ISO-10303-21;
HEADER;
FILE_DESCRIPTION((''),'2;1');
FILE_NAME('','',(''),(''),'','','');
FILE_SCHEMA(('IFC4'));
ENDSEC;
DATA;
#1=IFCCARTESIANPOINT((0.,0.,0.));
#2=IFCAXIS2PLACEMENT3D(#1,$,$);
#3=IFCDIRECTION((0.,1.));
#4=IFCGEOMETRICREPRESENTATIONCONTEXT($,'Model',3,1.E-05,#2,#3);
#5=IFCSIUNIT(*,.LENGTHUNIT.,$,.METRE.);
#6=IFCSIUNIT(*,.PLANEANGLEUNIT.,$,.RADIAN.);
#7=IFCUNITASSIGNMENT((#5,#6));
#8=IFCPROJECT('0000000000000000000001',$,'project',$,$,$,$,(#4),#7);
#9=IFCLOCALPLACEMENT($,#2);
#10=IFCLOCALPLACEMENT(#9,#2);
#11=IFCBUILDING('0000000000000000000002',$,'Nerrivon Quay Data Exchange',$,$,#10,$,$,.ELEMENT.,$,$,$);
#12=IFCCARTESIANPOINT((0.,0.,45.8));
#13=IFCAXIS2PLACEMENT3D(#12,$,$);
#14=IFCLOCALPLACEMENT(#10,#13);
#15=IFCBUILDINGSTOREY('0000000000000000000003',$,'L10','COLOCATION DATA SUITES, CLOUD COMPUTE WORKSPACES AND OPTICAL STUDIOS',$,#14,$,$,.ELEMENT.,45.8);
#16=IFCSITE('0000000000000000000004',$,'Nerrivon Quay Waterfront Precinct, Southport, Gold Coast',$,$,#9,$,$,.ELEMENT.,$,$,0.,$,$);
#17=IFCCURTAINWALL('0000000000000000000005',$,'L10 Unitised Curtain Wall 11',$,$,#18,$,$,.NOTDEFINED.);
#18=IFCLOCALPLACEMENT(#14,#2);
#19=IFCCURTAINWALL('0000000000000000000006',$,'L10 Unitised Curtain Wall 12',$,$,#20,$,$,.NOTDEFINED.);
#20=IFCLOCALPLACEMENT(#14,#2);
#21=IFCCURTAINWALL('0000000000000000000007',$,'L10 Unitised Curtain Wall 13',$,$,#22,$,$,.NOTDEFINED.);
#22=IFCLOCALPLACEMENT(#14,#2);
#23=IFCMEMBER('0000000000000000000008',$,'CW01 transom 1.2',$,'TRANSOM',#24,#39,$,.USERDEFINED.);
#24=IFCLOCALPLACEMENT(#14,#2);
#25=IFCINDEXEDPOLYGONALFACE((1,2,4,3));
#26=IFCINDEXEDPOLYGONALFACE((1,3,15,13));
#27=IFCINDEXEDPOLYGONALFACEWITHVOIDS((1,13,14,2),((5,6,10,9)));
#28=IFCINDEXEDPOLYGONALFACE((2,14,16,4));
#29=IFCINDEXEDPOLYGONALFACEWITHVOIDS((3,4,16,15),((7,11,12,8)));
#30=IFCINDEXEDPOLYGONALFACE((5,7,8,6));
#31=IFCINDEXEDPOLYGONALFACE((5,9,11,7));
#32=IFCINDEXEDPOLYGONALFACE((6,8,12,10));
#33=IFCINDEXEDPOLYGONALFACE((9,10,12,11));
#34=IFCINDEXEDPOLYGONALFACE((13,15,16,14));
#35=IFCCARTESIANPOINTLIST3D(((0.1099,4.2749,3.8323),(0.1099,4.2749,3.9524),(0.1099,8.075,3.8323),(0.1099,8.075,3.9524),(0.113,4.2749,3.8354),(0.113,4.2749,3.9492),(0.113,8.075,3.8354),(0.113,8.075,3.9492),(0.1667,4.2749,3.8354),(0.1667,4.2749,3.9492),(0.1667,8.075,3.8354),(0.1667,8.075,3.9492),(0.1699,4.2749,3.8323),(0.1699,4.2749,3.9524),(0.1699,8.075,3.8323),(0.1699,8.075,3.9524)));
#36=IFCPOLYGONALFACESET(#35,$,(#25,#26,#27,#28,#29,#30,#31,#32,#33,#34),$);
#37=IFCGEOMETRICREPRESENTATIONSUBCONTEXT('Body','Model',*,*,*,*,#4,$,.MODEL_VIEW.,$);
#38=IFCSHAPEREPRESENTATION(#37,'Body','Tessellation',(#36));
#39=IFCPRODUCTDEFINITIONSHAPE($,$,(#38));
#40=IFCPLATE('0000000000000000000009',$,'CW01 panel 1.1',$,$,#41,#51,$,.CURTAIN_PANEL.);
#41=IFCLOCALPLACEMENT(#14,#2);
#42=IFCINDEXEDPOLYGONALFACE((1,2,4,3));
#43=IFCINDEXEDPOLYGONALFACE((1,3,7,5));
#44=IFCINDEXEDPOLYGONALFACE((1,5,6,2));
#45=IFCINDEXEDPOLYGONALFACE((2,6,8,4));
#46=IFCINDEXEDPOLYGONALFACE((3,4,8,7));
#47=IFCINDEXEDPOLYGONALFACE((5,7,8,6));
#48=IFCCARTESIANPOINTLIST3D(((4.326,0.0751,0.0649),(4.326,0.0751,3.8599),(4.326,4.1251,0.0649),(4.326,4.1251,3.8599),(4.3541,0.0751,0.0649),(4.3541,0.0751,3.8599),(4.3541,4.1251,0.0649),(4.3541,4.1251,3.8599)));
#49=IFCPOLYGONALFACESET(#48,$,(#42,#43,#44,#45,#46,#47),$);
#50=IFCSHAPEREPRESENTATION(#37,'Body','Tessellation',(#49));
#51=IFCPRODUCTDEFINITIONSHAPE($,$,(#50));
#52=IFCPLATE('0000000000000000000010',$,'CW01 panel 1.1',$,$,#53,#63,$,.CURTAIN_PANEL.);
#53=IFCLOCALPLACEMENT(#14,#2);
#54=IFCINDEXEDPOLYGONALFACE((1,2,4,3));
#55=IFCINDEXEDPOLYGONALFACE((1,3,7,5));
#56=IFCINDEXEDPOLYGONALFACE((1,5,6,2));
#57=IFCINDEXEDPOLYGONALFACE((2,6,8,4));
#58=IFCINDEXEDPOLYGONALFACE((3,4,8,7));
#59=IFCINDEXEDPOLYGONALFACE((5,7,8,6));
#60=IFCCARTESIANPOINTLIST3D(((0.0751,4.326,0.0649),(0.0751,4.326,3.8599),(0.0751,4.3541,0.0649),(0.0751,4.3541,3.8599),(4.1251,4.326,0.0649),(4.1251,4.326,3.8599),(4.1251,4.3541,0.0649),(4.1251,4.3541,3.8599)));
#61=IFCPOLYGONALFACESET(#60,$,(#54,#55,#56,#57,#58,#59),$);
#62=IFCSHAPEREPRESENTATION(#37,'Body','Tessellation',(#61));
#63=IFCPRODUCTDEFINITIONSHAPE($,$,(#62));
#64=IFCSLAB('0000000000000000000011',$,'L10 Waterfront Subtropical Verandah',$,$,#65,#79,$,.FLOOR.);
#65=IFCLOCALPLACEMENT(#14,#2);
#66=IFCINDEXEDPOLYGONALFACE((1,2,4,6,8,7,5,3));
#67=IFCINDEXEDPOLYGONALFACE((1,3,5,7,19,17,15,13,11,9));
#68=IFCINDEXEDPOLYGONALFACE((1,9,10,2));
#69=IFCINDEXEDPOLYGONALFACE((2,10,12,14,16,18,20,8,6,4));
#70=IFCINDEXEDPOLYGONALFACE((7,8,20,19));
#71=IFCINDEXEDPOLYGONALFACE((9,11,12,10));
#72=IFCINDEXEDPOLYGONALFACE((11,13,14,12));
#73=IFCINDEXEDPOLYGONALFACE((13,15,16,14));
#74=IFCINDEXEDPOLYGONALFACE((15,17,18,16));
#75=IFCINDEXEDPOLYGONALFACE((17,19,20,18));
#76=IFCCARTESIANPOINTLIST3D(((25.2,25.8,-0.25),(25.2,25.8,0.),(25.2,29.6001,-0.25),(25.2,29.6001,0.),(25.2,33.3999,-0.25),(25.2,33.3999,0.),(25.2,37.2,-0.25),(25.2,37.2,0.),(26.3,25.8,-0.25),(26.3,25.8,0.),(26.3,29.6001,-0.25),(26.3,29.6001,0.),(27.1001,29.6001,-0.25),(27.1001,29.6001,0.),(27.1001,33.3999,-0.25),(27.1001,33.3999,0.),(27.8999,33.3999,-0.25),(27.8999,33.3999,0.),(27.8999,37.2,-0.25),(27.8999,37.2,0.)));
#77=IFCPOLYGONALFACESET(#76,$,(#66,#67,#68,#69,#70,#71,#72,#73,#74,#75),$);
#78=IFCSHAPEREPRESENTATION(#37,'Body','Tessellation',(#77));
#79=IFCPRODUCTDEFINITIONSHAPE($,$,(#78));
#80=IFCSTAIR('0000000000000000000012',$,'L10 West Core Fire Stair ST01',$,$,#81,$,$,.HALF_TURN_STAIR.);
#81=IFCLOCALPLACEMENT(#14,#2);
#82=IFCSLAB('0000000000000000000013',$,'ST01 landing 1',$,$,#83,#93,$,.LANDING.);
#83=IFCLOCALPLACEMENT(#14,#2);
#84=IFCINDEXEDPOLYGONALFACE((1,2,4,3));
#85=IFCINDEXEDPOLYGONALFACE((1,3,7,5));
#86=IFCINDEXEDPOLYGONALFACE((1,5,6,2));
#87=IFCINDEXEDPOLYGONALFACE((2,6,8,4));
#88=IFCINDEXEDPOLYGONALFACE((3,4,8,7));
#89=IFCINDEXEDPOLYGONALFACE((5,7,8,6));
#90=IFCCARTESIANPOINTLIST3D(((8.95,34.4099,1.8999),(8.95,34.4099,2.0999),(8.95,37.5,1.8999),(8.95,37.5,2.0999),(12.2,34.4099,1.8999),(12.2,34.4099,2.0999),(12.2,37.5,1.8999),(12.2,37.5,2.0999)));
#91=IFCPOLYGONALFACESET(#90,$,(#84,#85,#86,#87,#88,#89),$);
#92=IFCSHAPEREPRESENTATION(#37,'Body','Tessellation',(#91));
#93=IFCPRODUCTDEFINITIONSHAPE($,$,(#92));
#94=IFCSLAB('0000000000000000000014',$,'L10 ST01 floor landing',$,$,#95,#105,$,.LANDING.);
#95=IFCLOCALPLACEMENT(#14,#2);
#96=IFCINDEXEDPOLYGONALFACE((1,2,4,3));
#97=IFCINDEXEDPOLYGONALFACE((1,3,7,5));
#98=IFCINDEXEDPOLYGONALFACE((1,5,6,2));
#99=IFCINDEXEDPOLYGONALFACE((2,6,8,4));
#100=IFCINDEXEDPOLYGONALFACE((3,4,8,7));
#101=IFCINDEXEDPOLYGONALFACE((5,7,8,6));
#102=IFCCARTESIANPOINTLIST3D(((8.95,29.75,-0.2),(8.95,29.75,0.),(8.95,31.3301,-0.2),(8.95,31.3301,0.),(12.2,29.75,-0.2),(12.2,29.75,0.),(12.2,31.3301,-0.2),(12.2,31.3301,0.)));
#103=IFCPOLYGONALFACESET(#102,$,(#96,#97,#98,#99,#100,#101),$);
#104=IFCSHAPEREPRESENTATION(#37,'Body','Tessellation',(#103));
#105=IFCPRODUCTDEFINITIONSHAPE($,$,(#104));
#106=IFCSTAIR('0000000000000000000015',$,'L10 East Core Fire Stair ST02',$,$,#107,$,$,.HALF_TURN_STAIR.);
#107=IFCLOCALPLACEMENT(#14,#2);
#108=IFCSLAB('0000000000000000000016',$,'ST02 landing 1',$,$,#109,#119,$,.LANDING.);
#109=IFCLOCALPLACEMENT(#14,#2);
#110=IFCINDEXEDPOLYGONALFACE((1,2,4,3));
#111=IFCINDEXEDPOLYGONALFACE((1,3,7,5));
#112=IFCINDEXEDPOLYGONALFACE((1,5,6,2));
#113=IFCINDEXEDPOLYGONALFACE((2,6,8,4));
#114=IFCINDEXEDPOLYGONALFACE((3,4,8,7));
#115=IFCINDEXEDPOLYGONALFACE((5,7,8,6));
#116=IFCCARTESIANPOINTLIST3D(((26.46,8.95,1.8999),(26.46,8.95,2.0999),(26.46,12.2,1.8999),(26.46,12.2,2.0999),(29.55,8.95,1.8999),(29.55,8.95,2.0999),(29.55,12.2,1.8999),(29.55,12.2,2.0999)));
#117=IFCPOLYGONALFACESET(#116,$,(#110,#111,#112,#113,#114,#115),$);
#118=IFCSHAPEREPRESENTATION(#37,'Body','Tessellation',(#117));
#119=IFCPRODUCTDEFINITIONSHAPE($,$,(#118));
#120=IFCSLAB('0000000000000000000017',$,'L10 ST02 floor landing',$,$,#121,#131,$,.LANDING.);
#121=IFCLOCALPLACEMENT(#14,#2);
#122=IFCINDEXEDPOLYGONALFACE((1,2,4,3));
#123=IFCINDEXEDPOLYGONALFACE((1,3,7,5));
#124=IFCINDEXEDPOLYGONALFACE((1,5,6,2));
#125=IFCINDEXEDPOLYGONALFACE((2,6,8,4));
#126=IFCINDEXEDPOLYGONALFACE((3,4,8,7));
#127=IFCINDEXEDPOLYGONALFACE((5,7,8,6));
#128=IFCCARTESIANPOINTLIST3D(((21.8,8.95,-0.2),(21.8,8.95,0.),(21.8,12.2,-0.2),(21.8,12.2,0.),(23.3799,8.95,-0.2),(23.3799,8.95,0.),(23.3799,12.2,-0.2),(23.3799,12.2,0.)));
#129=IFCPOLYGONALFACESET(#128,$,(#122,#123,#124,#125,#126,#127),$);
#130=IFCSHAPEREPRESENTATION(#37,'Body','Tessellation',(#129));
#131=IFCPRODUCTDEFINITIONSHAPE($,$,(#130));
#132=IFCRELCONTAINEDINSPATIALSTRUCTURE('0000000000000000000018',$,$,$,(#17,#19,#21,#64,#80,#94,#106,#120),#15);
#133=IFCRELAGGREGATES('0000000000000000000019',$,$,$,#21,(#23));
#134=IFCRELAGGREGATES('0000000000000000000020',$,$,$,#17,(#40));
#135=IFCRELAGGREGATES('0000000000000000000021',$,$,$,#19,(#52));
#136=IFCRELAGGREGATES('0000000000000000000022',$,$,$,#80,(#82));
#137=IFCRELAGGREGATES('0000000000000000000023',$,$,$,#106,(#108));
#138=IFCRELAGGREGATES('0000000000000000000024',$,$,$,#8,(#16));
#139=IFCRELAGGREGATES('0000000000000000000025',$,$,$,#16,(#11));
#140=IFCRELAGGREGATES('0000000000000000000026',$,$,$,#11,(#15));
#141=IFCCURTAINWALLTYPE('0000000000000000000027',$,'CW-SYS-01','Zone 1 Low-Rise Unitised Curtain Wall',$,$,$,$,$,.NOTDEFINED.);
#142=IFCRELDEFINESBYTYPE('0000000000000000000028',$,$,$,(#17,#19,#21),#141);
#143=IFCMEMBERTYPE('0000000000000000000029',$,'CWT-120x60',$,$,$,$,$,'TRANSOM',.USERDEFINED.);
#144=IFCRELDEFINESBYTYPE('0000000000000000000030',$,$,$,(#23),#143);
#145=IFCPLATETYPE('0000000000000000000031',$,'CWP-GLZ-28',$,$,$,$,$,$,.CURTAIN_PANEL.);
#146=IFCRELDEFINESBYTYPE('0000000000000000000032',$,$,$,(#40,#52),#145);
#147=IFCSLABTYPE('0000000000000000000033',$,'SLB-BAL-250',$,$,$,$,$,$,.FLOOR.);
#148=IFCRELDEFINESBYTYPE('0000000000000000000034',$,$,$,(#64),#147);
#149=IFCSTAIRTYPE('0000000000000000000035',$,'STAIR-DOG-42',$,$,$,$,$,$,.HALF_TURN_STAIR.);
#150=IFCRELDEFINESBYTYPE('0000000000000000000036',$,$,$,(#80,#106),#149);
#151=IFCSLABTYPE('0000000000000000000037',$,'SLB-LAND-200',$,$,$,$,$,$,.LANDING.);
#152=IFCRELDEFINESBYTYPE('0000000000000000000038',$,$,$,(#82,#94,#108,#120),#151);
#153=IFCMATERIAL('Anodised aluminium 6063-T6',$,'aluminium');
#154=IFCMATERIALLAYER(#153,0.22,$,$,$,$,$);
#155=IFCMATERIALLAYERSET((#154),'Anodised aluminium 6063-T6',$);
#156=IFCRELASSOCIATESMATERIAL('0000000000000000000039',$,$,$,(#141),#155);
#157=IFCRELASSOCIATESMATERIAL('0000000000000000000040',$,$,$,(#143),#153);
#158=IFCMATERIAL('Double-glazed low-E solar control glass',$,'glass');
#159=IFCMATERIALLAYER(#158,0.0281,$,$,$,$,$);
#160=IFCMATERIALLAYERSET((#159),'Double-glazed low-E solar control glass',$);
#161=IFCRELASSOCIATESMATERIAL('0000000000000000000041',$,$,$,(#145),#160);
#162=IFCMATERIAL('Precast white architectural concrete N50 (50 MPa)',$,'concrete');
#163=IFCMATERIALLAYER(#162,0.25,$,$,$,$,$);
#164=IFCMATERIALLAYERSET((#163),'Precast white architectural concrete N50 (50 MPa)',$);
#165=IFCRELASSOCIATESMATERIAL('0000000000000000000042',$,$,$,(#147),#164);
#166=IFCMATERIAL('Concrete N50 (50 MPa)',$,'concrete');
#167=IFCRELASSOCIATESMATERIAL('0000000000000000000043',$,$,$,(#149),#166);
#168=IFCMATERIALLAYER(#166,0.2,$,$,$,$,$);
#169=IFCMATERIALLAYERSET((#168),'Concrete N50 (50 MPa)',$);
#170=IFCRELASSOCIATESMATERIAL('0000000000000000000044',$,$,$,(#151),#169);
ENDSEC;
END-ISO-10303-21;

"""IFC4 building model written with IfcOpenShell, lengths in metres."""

from ifc_helpers import new_model, si_unit, direction, frame, origin, origin_2d, place, context, subcontext, project, spatial, polyline, rectangle, hollow_rectangle, outline, extrude, material, layer, layer_set, material_profile, profile_set, type_object, element, aggregate, save


model = new_model("IFC4")

# Units and contexts
model_context = context("Model", 3, precision=1e-05, world=origin(), true_north=direction((0.0, 1.0)))
body_context = subcontext(model_context, "Body", "Model", "MODEL_VIEW")
ifc_project = project(units=[si_unit("LENGTHUNIT", "METRE"), si_unit("PLANEANGLEUNIT", "RADIAN")], contexts=[model_context])

# Site, building, storey
site_placement = place(None, origin())
site = spatial("IfcSite", under=ifc_project, at=site_placement, Name="Nerrivon Quay Waterfront Precinct, Southport, Gold Coast", CompositionType="ELEMENT", RefElevation=0.0)
building_placement = place(site_placement, origin())
building = spatial("IfcBuilding", under=site, at=building_placement, Name="Nerrivon Quay Data Exchange", CompositionType="ELEMENT")
storey_placement = place(building_placement, frame((0.0, 0.0, 45.8)))
storey = spatial("IfcBuildingStorey", under=building, at=storey_placement, Name="L10", Description="COLOCATION DATA SUITES, CLOUD COMPUTE WORKSPACES AND OPTICAL STUDIOS", CompositionType="ELEMENT", Elevation=45.8)

# Shared definitions
ifc_material_1 = material(Name="Anodised aluminium 6063-T6", Category="aluminium")
ifc_layer_1 = layer(ifc_material_1, 0.22)
ifc_layer_set_1 = layer_set([ifc_layer_1], Name="Anodised aluminium 6063-T6")
curtain_wall_type = type_object("IfcCurtainWallType", Name="CW-SYS-01", Description="Zone 1 Low-Rise Unitised Curtain Wall", PredefinedType="NOTDEFINED", material=ifc_layer_set_1)

# Curtain walls
curtain_wall_1_placement = place(storey_placement, origin())
curtain_wall_1 = element("IfcCurtainWall", 1, at=curtain_wall_1_placement, inside=storey, type_object=curtain_wall_type, Name="L10 Unitised Curtain Wall 11", PredefinedType="NOTDEFINED")
curtain_wall_2_placement = place(storey_placement, origin())
curtain_wall_2 = element("IfcCurtainWall", 2, at=curtain_wall_2_placement, inside=storey, type_object=curtain_wall_type, Name="L10 Unitised Curtain Wall 12", PredefinedType="NOTDEFINED")

# Curtain wall
curtain_wall_3_placement = place(storey_placement, origin())
curtain_wall_3 = element("IfcCurtainWall", 3, at=curtain_wall_3_placement, inside=storey, type_object=curtain_wall_type, Name="L10 Unitised Curtain Wall 13", PredefinedType="NOTDEFINED")

# Member
ifc_material_profile_1 = material_profile(ifc_material_1, hollow_rectangle(XDim=0.0601, YDim=0.1201, WallThickness=0.0032, at=origin_2d()), Name="ALU-TRAN-120x60")
ifc_profile_set_1 = profile_set([ifc_material_profile_1], Name="Anodised aluminium 6063-T6")
member_type_1 = type_object("IfcMemberType", Name="CWT-120x60", ElementType="TRANSOM", PredefinedType="USERDEFINED", material=ifc_profile_set_1)
member_1_placement = place(storey_placement, frame((0.1399, 4.2749, 3.8923), z_axis=(0.0, 1.0, 0.0), x_axis=(-1.0, 0.0, 0.0)))
member_1 = element("IfcMember", 4, at=member_1_placement, type_object=member_type_1, Name="CW01 transom 1.2", ObjectType="TRANSOM", PredefinedType="USERDEFINED", context=body_context, shape_type="SweptSolid", body=[
    extrude(hollow_rectangle(XDim=0.0601, YDim=0.1201, WallThickness=0.0032, at=origin_2d()), origin(), (0.0, 0.0, 1.0), 3.8),
])
aggregate(curtain_wall_3, [member_1])

# Plates
ifc_material_2 = material(Name="Double-glazed low-E solar control glass", Category="glass")
ifc_layer_2 = layer(ifc_material_2, 0.0281)
ifc_layer_set_2 = layer_set([ifc_layer_2], Name="Double-glazed low-E solar control glass")
plate_type = type_object("IfcPlateType", Name="CWP-GLZ-28", PredefinedType="CURTAIN_PANEL", material=ifc_layer_set_2)
plate_1_placement = place(storey_placement, frame((4.3401, 2.1001, 0.0649), z_axis=(0.0, 0.0, 1.0), x_axis=(0.0, 1.0, 0.0)))
plate_1 = element("IfcPlate", 5, at=plate_1_placement, type_object=plate_type, Name="CW01 panel 1.1", PredefinedType="CURTAIN_PANEL", context=body_context, shape_type="SweptSolid", body=[
    extrude(rectangle(XDim=4.05, YDim=0.0281, at=origin_2d()), origin(), (0.0, 0.0, 1.0), 3.7949),
])
aggregate(curtain_wall_1, [plate_1])
plate_2_placement = place(storey_placement, frame((2.1001, 4.3401, 0.0649), z_axis=(0.0, 0.0, 1.0), x_axis=(-1.0, 0.0, 0.0)))
plate_2 = element("IfcPlate", 6, at=plate_2_placement, type_object=plate_type, Name="CW01 panel 1.1", PredefinedType="CURTAIN_PANEL", context=body_context, shape_type="SweptSolid", body=[
    extrude(rectangle(XDim=4.05, YDim=0.0281, at=origin_2d()), origin(), (0.0, 0.0, 1.0), 3.7949),
])
aggregate(curtain_wall_2, [plate_2])

# Slab
ifc_material_3 = material(Name="Precast white architectural concrete N50 (50 MPa)", Category="concrete")
ifc_layer_3 = layer(ifc_material_3, 0.25)
ifc_layer_set_3 = layer_set([ifc_layer_3], Name="Precast white architectural concrete N50 (50 MPa)")
slab_type_1 = type_object("IfcSlabType", Name="SLB-BAL-250", PredefinedType="FLOOR", material=ifc_layer_set_3)
slab_1_placement = place(storey_placement, frame((0.0, 0.0, -0.25)))
element("IfcSlab", 7, at=slab_1_placement, inside=storey, type_object=slab_type_1, Name="L10 Waterfront Subtropical Verandah", PredefinedType="FLOOR", context=body_context, shape_type="SweptSolid", body=[
    extrude(outline(polyline([(26.3, 29.6001), (27.1001, 29.6001), (27.1001, 33.3999), (27.8999, 33.3999), (27.8999, 37.2), (25.2, 37.2), (25.2, 33.3999), (25.2, 29.6001), (25.2, 25.8), (26.3, 25.8), (26.3, 29.6001)])), origin(), (0.0, 0.0, 1.0), 0.25),
])

# Stair, slab
ifc_material_4 = material(Name="Concrete N50 (50 MPa)", Category="concrete")
stair_type = type_object("IfcStairType", Name="STAIR-DOG-42", PredefinedType="HALF_TURN_STAIR", material=ifc_material_4)
stair_1_placement = place(storey_placement, origin())
stair_1 = element("IfcStair", 8, at=stair_1_placement, inside=storey, type_object=stair_type, Name="L10 West Core Fire Stair ST01", PredefinedType="HALF_TURN_STAIR")
ifc_layer_4 = layer(ifc_material_4, 0.2)
ifc_layer_set_4 = layer_set([ifc_layer_4], Name="Concrete N50 (50 MPa)")
slab_type_2 = type_object("IfcSlabType", Name="SLB-LAND-200", PredefinedType="LANDING", material=ifc_layer_set_4)
slab_2_placement = place(storey_placement, frame((0.0, 0.0, 1.8999)))
slab_2 = element("IfcSlab", 9, at=slab_2_placement, type_object=slab_type_2, Name="ST01 landing 1", PredefinedType="LANDING", context=body_context, shape_type="SweptSolid", body=[
    extrude(outline(polyline([(12.2, 34.4099), (12.2, 37.5), (8.95, 37.5), (8.95, 34.4099), (12.2, 34.4099)])), origin(), (0.0, 0.0, 1.0), 0.2),
])
aggregate(stair_1, [slab_2])

# Slab
slab_3_placement = place(storey_placement, frame((0.0, 0.0, -0.2)))
element("IfcSlab", 10, at=slab_3_placement, inside=storey, type_object=slab_type_2, Name="L10 ST01 floor landing", PredefinedType="LANDING", context=body_context, shape_type="SweptSolid", body=[
    extrude(outline(polyline([(12.2, 29.75), (12.2, 31.3301), (8.95, 31.3301), (8.95, 29.75), (12.2, 29.75)])), origin(), (0.0, 0.0, 1.0), 0.2),
])

# Stair, slab
stair_2_placement = place(storey_placement, origin())
stair_2 = element("IfcStair", 11, at=stair_2_placement, inside=storey, type_object=stair_type, Name="L10 East Core Fire Stair ST02", PredefinedType="HALF_TURN_STAIR")
slab_4_placement = place(storey_placement, frame((0.0, 0.0, 1.8999)))
slab_4 = element("IfcSlab", 12, at=slab_4_placement, type_object=slab_type_2, Name="ST02 landing 1", PredefinedType="LANDING", context=body_context, shape_type="SweptSolid", body=[
    extrude(outline(polyline([(26.46, 8.95), (29.55, 8.95), (29.55, 12.2), (26.46, 12.2), (26.46, 8.95)])), origin(), (0.0, 0.0, 1.0), 0.2),
])
aggregate(stair_2, [slab_4])

# Slab
slab_5_placement = place(storey_placement, frame((0.0, 0.0, -0.2)))
element("IfcSlab", 13, at=slab_5_placement, inside=storey, type_object=slab_type_2, Name="L10 ST02 floor landing", PredefinedType="LANDING", context=body_context, shape_type="SweptSolid", body=[
    extrude(outline(polyline([(21.8, 8.95), (23.3799, 8.95), (23.3799, 12.2), (21.8, 12.2), (21.8, 8.95)])), origin(), (0.0, 0.0, 1.0), 0.2),
])

save(model, "model.ifc")
